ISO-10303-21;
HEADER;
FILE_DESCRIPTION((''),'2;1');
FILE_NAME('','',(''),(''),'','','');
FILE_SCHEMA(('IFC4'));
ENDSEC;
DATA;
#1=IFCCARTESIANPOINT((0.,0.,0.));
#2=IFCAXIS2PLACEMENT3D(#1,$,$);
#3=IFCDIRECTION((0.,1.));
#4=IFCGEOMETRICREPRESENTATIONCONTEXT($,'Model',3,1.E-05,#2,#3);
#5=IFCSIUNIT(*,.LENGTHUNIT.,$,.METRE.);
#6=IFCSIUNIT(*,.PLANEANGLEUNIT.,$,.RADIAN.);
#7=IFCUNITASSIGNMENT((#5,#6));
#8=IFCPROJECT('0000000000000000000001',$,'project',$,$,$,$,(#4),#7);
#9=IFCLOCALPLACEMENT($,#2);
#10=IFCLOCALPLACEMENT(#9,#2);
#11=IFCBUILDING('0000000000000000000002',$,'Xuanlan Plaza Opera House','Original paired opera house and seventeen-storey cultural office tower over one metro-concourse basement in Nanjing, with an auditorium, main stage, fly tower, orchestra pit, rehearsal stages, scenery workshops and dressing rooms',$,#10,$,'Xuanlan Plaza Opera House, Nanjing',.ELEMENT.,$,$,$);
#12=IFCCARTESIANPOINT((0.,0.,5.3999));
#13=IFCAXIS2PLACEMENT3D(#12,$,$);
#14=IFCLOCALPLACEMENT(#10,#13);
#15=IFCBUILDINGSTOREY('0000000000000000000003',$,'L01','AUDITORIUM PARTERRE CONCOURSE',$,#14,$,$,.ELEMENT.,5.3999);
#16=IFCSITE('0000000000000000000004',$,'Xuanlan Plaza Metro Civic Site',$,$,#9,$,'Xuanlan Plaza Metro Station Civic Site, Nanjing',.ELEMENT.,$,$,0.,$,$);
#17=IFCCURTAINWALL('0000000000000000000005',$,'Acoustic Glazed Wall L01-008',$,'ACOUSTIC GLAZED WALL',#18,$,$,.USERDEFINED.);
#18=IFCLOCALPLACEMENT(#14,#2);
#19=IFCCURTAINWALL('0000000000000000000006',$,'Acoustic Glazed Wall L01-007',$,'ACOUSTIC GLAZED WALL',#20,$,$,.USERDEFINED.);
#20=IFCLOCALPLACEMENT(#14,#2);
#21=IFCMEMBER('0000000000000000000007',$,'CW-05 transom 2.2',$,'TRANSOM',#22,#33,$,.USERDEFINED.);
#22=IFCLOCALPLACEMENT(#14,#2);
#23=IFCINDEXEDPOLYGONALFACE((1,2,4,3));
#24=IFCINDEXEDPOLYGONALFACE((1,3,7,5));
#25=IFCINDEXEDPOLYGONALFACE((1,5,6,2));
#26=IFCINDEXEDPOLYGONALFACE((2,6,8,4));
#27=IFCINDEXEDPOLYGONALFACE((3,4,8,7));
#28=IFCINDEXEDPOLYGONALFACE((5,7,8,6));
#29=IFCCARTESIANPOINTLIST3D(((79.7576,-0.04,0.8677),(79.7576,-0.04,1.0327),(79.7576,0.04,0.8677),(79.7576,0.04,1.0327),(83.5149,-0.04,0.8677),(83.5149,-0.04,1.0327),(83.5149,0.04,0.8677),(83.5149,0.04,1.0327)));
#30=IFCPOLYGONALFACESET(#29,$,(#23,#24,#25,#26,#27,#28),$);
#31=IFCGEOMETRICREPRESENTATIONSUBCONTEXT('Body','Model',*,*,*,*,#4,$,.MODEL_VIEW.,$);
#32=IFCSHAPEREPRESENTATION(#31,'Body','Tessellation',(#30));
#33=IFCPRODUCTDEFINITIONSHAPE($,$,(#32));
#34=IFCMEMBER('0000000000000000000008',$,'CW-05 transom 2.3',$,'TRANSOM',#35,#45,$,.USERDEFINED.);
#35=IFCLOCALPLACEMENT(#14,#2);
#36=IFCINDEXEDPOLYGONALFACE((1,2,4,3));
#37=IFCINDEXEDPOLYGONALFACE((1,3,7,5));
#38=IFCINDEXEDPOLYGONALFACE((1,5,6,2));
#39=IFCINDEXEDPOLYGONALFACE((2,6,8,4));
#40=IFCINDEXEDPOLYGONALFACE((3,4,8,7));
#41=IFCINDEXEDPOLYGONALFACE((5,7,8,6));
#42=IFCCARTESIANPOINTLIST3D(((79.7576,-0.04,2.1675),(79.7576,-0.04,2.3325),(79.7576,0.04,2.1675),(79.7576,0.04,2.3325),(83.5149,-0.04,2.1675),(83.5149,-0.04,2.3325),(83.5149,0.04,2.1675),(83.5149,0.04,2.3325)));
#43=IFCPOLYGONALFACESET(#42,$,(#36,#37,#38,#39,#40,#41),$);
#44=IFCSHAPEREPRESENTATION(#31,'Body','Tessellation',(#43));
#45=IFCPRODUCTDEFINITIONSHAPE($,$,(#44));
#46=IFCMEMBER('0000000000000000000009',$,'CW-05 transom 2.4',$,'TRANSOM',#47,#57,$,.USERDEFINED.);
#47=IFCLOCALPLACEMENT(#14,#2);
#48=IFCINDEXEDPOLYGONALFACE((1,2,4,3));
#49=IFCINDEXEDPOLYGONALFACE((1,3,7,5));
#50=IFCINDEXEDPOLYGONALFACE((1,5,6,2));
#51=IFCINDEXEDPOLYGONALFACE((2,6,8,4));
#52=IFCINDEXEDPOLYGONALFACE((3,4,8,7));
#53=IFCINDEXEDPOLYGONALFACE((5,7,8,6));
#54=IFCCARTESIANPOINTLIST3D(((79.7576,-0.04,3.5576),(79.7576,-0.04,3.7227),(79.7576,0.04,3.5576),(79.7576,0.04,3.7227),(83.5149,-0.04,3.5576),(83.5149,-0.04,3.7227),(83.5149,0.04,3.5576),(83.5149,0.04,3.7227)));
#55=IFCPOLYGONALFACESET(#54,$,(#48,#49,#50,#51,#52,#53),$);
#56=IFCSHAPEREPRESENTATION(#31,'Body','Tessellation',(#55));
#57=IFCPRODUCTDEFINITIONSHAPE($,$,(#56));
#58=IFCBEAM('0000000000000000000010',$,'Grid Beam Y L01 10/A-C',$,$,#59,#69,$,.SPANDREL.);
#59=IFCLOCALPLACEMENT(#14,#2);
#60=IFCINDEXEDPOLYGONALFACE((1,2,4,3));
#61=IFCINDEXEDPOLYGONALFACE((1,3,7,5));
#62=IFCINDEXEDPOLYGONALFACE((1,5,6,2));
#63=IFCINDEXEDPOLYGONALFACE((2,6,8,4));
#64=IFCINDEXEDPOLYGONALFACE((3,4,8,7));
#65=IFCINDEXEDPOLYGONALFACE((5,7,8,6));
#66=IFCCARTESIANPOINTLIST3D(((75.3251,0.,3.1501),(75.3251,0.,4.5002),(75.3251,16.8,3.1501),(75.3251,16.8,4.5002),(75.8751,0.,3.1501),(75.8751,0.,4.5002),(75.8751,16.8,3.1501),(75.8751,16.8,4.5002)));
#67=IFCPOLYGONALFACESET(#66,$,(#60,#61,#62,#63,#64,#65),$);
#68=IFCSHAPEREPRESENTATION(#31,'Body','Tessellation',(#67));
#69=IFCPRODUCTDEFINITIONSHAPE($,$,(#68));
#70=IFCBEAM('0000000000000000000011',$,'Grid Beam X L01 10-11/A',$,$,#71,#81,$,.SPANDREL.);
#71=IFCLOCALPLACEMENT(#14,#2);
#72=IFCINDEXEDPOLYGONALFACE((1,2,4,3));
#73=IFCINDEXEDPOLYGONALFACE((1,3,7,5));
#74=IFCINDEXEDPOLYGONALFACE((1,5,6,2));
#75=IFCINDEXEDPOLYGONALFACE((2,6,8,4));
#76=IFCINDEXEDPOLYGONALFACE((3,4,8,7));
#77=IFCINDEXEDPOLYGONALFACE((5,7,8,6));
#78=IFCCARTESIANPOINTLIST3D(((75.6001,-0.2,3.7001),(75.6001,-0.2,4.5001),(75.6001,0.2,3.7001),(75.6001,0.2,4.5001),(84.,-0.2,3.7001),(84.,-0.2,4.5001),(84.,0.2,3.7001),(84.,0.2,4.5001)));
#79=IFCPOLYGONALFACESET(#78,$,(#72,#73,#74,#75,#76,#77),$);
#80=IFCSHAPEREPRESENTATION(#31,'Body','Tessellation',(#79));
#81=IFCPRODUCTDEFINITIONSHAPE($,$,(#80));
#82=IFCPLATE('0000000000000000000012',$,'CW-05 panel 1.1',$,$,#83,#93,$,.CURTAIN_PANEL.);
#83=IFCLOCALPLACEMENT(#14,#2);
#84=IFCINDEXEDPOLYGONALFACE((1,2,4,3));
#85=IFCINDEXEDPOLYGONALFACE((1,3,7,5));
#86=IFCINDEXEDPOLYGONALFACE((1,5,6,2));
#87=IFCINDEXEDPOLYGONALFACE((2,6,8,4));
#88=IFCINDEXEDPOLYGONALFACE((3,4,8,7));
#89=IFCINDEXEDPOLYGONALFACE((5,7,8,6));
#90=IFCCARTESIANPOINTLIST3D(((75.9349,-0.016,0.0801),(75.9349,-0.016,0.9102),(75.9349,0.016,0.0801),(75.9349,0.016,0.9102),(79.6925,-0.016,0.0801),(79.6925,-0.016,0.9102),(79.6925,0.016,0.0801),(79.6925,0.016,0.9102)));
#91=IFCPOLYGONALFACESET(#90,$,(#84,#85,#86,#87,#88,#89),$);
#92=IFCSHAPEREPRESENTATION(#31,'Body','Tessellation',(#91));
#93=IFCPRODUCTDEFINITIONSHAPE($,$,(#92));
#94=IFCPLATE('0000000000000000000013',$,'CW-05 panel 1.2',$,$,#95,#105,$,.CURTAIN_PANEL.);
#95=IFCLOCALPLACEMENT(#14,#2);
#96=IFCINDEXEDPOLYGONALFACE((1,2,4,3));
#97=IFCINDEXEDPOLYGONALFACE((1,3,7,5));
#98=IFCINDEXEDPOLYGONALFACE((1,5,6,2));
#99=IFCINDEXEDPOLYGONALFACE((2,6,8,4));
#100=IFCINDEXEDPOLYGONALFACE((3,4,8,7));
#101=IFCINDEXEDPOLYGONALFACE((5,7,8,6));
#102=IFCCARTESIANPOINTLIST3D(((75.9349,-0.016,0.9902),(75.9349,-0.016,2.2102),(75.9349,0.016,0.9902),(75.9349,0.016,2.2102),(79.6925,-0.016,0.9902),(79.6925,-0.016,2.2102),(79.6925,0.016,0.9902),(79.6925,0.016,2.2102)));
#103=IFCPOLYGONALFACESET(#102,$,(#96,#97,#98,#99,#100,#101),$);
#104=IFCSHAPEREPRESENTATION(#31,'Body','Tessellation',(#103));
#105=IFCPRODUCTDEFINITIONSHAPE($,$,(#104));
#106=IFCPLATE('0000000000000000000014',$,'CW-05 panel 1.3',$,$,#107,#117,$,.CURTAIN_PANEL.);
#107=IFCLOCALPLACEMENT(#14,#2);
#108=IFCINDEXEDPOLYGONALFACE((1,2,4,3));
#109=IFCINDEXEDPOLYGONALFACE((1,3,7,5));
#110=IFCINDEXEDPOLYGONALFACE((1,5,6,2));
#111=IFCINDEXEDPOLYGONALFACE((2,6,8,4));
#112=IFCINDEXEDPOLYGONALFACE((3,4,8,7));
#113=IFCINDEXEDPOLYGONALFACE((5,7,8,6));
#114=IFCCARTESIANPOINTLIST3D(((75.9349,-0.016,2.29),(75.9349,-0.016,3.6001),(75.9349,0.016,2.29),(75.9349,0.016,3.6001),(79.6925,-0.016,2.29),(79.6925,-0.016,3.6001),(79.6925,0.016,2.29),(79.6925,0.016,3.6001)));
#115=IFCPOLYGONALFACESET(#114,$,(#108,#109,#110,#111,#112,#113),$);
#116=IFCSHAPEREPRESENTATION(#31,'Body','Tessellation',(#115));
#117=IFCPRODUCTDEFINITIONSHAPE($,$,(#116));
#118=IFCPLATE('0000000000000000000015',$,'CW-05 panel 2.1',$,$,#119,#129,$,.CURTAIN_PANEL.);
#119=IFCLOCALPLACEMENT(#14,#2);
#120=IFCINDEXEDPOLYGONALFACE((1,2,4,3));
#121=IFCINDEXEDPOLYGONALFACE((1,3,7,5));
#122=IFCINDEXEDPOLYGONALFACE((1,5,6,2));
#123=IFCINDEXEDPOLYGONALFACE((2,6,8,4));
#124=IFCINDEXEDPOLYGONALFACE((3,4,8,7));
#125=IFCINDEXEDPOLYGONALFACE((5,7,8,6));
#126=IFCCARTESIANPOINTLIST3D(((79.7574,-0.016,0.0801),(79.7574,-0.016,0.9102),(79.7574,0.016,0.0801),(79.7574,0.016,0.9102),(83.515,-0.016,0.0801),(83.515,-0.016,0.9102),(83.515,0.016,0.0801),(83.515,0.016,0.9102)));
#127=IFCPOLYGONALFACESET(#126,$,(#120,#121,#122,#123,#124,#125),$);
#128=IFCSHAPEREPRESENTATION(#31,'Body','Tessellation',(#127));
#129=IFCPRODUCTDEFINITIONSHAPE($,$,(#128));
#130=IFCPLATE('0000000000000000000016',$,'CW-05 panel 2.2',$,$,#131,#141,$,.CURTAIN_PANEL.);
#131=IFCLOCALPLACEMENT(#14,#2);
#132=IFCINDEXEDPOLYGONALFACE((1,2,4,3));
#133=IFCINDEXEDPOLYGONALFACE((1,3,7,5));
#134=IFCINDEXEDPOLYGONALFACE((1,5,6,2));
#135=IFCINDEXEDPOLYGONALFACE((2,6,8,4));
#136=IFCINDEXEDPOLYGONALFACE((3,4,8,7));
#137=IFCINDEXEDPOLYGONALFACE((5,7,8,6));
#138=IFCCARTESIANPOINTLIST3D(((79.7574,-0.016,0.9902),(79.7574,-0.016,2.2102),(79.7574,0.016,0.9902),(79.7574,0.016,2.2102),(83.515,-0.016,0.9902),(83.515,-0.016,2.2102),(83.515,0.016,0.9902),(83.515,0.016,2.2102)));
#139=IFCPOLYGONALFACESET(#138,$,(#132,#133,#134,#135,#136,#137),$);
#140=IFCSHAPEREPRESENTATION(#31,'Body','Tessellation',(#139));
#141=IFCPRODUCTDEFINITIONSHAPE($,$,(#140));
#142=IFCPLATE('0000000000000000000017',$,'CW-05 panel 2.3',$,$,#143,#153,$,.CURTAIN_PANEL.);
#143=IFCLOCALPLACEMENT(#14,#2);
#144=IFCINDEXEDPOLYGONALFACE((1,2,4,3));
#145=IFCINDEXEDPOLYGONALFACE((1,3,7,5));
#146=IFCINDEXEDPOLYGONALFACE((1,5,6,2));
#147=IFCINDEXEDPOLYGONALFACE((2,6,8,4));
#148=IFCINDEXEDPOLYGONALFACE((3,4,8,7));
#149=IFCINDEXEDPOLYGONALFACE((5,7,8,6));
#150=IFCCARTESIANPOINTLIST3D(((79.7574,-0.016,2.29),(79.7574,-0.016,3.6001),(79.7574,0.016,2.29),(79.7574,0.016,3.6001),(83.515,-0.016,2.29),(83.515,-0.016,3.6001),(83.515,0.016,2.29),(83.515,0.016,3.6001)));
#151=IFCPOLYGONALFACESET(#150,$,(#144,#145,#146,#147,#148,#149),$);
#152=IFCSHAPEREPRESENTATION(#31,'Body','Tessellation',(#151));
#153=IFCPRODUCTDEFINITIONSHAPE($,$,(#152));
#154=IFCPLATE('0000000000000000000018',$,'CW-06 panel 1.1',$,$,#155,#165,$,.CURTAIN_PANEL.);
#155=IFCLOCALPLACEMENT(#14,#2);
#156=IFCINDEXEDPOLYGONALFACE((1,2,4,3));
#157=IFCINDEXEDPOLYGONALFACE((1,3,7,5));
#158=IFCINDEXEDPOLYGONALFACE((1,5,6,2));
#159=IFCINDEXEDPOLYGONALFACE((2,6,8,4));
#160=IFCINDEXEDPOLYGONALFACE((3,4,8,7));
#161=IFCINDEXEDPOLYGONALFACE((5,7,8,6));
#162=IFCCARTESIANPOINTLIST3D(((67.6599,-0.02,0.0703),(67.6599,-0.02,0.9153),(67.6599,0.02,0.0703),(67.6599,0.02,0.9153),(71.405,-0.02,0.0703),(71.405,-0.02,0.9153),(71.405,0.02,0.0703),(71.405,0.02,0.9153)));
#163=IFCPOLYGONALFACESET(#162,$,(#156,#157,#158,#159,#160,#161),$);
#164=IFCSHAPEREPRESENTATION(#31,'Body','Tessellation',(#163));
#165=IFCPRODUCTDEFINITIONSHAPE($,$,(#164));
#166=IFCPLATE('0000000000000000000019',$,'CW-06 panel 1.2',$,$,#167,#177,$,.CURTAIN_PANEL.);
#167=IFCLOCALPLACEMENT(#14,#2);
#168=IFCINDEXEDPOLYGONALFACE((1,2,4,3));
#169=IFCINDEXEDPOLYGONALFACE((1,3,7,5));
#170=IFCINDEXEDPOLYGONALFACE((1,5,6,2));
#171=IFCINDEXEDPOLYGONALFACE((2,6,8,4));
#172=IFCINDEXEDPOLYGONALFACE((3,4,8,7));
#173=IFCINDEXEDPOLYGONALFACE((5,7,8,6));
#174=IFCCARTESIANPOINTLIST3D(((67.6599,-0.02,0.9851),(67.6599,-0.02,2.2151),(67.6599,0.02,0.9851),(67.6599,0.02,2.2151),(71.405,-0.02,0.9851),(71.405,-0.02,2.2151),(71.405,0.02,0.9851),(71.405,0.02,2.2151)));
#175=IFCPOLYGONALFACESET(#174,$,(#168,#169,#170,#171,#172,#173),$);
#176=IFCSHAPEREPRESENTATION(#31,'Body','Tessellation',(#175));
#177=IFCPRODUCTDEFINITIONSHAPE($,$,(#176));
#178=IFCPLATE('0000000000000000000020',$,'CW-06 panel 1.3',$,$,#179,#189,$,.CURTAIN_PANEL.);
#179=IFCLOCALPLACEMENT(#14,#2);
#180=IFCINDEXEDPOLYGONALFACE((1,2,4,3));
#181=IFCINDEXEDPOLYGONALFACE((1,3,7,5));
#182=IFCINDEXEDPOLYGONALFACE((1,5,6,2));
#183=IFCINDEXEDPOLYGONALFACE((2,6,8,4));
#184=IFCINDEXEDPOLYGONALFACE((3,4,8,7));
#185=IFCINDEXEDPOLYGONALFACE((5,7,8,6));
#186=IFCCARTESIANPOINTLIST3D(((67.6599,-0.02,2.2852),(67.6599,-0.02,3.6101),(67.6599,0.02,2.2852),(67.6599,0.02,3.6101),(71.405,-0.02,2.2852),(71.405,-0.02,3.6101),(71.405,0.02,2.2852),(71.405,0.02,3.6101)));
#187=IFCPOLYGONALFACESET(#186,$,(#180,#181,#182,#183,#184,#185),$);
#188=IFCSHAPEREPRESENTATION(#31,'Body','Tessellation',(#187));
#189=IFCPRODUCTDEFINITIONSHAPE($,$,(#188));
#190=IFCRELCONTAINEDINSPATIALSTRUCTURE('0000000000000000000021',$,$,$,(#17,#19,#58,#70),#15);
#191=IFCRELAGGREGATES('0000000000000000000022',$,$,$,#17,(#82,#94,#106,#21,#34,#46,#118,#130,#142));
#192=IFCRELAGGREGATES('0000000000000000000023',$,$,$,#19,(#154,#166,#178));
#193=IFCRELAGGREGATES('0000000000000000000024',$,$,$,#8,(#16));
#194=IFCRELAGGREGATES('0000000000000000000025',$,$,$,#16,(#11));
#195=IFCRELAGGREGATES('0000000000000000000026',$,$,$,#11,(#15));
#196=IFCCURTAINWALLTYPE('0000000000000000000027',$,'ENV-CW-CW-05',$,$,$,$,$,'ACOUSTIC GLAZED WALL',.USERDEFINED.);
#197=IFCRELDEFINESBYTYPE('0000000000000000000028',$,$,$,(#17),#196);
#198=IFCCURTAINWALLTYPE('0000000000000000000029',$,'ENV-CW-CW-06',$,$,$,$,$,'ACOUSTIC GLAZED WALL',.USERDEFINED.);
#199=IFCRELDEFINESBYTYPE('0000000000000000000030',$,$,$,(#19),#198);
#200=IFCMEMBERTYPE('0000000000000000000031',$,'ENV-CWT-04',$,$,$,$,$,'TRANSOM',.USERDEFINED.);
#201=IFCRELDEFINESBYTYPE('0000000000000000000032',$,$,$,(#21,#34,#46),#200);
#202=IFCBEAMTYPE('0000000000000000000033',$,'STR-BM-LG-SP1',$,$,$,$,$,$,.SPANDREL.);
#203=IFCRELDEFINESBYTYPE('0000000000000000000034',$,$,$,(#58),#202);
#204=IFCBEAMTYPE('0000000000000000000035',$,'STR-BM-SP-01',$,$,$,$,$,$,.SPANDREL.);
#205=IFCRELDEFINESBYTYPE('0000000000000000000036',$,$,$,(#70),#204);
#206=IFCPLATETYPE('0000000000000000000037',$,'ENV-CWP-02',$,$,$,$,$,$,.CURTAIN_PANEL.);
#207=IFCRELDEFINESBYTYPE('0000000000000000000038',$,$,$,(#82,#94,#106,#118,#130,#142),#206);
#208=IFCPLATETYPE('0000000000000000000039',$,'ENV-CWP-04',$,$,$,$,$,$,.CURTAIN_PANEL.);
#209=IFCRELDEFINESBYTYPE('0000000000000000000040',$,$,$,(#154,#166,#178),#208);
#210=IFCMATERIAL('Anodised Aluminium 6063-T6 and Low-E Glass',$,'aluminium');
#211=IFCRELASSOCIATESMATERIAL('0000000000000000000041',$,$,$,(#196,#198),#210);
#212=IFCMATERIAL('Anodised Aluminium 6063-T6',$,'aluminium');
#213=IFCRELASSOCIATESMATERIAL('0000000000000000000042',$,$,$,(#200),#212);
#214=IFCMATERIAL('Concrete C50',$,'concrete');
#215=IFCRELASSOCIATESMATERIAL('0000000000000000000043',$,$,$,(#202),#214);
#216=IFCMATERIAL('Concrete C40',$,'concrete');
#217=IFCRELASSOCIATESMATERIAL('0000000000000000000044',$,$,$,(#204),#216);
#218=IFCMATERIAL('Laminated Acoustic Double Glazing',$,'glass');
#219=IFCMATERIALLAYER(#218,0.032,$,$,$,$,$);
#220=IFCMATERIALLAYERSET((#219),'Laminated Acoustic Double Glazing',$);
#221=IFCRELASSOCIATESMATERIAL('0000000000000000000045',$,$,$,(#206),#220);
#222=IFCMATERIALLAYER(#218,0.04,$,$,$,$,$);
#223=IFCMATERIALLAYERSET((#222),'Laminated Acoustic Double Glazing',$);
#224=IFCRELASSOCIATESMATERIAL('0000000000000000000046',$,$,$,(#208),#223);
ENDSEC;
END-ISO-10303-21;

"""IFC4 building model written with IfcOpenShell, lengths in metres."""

from ifc_helpers import new_model, si_unit, direction, frame, origin, origin_2d, place, context, subcontext, project, spatial, rectangle, extrude, material, layer, layer_set, material_profile, profile_set, type_object, element, aggregate, save


model = new_model("IFC4")

# Units and contexts
model_context = context("Model", 3, precision=1e-05, world=origin(), true_north=direction((0.0, 1.0)))
body_context = subcontext(model_context, "Body", "Model", "MODEL_VIEW")
ifc_project = project(units=[si_unit("LENGTHUNIT", "METRE"), si_unit("PLANEANGLEUNIT", "RADIAN")], contexts=[model_context])

# Site, building, storey
site_placement = place(None, origin())
site = spatial("IfcSite", under=ifc_project, at=site_placement, Name="Xuanlan Plaza Metro Civic Site", LongName="Xuanlan Plaza Metro Station Civic Site, Nanjing", CompositionType="ELEMENT", RefElevation=0.0)
building_placement = place(site_placement, origin())
building = spatial("IfcBuilding", under=site, at=building_placement, Name="Xuanlan Plaza Opera House", Description="Original paired opera house and seventeen-storey cultural office tower over one metro-concourse basement in Nanjing, with an auditorium, main stage, fly tower, orchestra pit, rehearsal stages, scenery workshops and dressing rooms", LongName="Xuanlan Plaza Opera House, Nanjing", CompositionType="ELEMENT")
storey_placement = place(building_placement, frame((0.0, 0.0, 5.3999)))
storey = spatial("IfcBuildingStorey", under=building, at=storey_placement, Name="L01", Description="AUDITORIUM PARTERRE CONCOURSE", CompositionType="ELEMENT", Elevation=5.3999)

# Shared definitions
ifc_material_1 = material(Name="Concrete C40", Category="concrete")

# Curtain walls
ifc_material_2 = material(Name="Anodised Aluminium 6063-T6 and Low-E Glass", Category="aluminium")
curtain_wall_type_1 = type_object("IfcCurtainWallType", Name="ENV-CW-CW-05", ElementType="ACOUSTIC GLAZED WALL", PredefinedType="USERDEFINED", material=ifc_material_2)
curtain_wall_1_placement = place(storey_placement, origin())
curtain_wall_1 = element("IfcCurtainWall", 1, at=curtain_wall_1_placement, inside=storey, type_object=curtain_wall_type_1, Name="Acoustic Glazed Wall L01-008", ObjectType="ACOUSTIC GLAZED WALL", PredefinedType="USERDEFINED")
ifc_material_3 = material(Name="Anodised Aluminium 6063-T6", Category="aluminium")
curtain_wall_type_2 = type_object("IfcCurtainWallType", Name="ENV-CW-CW-06", ElementType="ACOUSTIC GLAZED WALL", PredefinedType="USERDEFINED", material=ifc_material_2)
curtain_wall_2_placement = place(storey_placement, origin())
curtain_wall_2 = element("IfcCurtainWall", 2, at=curtain_wall_2_placement, inside=storey, type_object=curtain_wall_type_2, Name="Acoustic Glazed Wall L01-007", ObjectType="ACOUSTIC GLAZED WALL", PredefinedType="USERDEFINED")

# Members
ifc_material_profile_1 = material_profile(ifc_material_3, rectangle(XDim=0.0801, YDim=0.165, at=origin_2d()), Name="ALU-T 80x165")
ifc_profile_set_1 = profile_set([ifc_material_profile_1], Name="Anodised Aluminium 6063-T6")
member_type_1 = type_object("IfcMemberType", Name="ENV-CWT-04", ElementType="TRANSOM", PredefinedType="USERDEFINED", material=ifc_profile_set_1)
member_1_placement = place(storey_placement, frame((79.7576, 0.0, 0.9502), z_axis=(1.0, 0.0, 0.0), x_axis=(0.0, 1.0, 0.0)))
member_1 = element("IfcMember", 3, at=member_1_placement, type_object=member_type_1, Name="CW-05 transom 2.2", ObjectType="TRANSOM", PredefinedType="USERDEFINED", context=body_context, shape_type="SweptSolid", body=[
    extrude(rectangle(XDim=0.0801, YDim=0.165, at=origin_2d()), origin(), (0.0, 0.0, 1.0), 3.7573),
])
member_2_placement = place(storey_placement, frame((79.7576, 0.0, 2.25), z_axis=(1.0, 0.0, 0.0), x_axis=(0.0, 1.0, 0.0)))
member_2 = element("IfcMember", 4, at=member_2_placement, type_object=member_type_1, Name="CW-05 transom 2.3", ObjectType="TRANSOM", PredefinedType="USERDEFINED", context=body_context, shape_type="SweptSolid", body=[
    extrude(rectangle(XDim=0.0801, YDim=0.165, at=origin_2d()), origin(), (0.0, 0.0, 1.0), 3.7573),
])
member_3_placement = place(storey_placement, frame((79.7576, 0.0, 3.6401), z_axis=(1.0, 0.0, 0.0), x_axis=(0.0, 1.0, 0.0)))
member_3 = element("IfcMember", 5, at=member_3_placement, type_object=member_type_1, Name="CW-05 transom 2.4", ObjectType="TRANSOM", PredefinedType="USERDEFINED", context=body_context, shape_type="SweptSolid", body=[
    extrude(rectangle(XDim=0.0801, YDim=0.165, at=origin_2d()), origin(), (0.0, 0.0, 1.0), 3.7573),
])

# Beams
ifc_material_4 = material(Name="Concrete C50", Category="concrete")
ifc_material_profile_2 = material_profile(ifc_material_4, rectangle(XDim=0.55, YDim=1.3501, at=origin_2d()), Name="RC-SPD 550x1350")
ifc_profile_set_2 = profile_set([ifc_material_profile_2], Name="Concrete C50")
beam_type_1 = type_object("IfcBeamType", Name="STR-BM-LG-SP1", PredefinedType="SPANDREL", material=ifc_profile_set_2)
beam_1_placement = place(storey_placement, frame((75.6001, 0.0, 3.8252), z_axis=(0.0, 1.0, 0.0), x_axis=(-1.0, 0.0, 0.0)))
element("IfcBeam", 6, at=beam_1_placement, inside=storey, type_object=beam_type_1, Name="Grid Beam Y L01 10/A-C", PredefinedType="SPANDREL", context=body_context, shape_type="SweptSolid", body=[
    extrude(rectangle(XDim=0.55, YDim=1.3501, at=origin_2d()), origin(), (0.0, 0.0, 1.0), 16.8),
])
ifc_material_profile_3 = material_profile(ifc_material_1, rectangle(XDim=0.3999, YDim=0.8, at=origin_2d()), Name="RC-SPD 400x800")
ifc_profile_set_3 = profile_set([ifc_material_profile_3], Name="Concrete C40")
beam_type_2 = type_object("IfcBeamType", Name="STR-BM-SP-01", PredefinedType="SPANDREL", material=ifc_profile_set_3)
beam_2_placement = place(storey_placement, frame((75.6001, 0.0, 4.1001), z_axis=(1.0, 0.0, 0.0), x_axis=(0.0, 1.0, 0.0)))
element("IfcBeam", 7, at=beam_2_placement, inside=storey, type_object=beam_type_2, Name="Grid Beam X L01 10-11/A", PredefinedType="SPANDREL", context=body_context, shape_type="SweptSolid", body=[
    extrude(rectangle(XDim=0.3999, YDim=0.8, at=origin_2d()), origin(), (0.0, 0.0, 1.0), 8.3999),
])

# Plates
ifc_material_5 = material(Name="Laminated Acoustic Double Glazing", Category="glass")
ifc_layer_1 = layer(ifc_material_5, 0.032)
ifc_layer_set_1 = layer_set([ifc_layer_1], Name="Laminated Acoustic Double Glazing")
plate_type_1 = type_object("IfcPlateType", Name="ENV-CWP-02", PredefinedType="CURTAIN_PANEL", material=ifc_layer_set_1)
plate_1_placement = place(storey_placement, frame((77.8137, 0.0, 0.0801), z_axis=(0.0, 0.0, 1.0), x_axis=(1.0, 0.0, 0.0)))
plate_1 = element("IfcPlate", 8, at=plate_1_placement, type_object=plate_type_1, Name="CW-05 panel 1.1", PredefinedType="CURTAIN_PANEL", context=body_context, shape_type="SweptSolid", body=[
    extrude(rectangle(XDim=3.7576, YDim=0.032, at=origin_2d()), origin(), (0.0, 0.0, 1.0), 0.8301),
])
plate_2_placement = place(storey_placement, frame((77.8137, 0.0, 0.9902), z_axis=(0.0, 0.0, 1.0), x_axis=(1.0, 0.0, 0.0)))
plate_2 = element("IfcPlate", 9, at=plate_2_placement, type_object=plate_type_1, Name="CW-05 panel 1.2", PredefinedType="CURTAIN_PANEL", context=body_context, shape_type="SweptSolid", body=[
    extrude(rectangle(XDim=3.7576, YDim=0.032, at=origin_2d()), origin(), (0.0, 0.0, 1.0), 1.22),
])
plate_3_placement = place(storey_placement, frame((77.8137, 0.0, 2.29), z_axis=(0.0, 0.0, 1.0), x_axis=(1.0, 0.0, 0.0)))
plate_3 = element("IfcPlate", 10, at=plate_3_placement, type_object=plate_type_1, Name="CW-05 panel 1.3", PredefinedType="CURTAIN_PANEL", context=body_context, shape_type="SweptSolid", body=[
    extrude(rectangle(XDim=3.7576, YDim=0.032, at=origin_2d()), origin(), (0.0, 0.0, 1.0), 1.3101),
])
plate_4_placement = place(storey_placement, frame((81.6362, 0.0, 0.0801), z_axis=(0.0, 0.0, 1.0), x_axis=(1.0, 0.0, 0.0)))
plate_4 = element("IfcPlate", 11, at=plate_4_placement, type_object=plate_type_1, Name="CW-05 panel 2.1", PredefinedType="CURTAIN_PANEL", context=body_context, shape_type="SweptSolid", body=[
    extrude(rectangle(XDim=3.7576, YDim=0.032, at=origin_2d()), origin(), (0.0, 0.0, 1.0), 0.8301),
])
plate_5_placement = place(storey_placement, frame((81.6362, 0.0, 0.9902), z_axis=(0.0, 0.0, 1.0), x_axis=(1.0, 0.0, 0.0)))
plate_5 = element("IfcPlate", 12, at=plate_5_placement, type_object=plate_type_1, Name="CW-05 panel 2.2", PredefinedType="CURTAIN_PANEL", context=body_context, shape_type="SweptSolid", body=[
    extrude(rectangle(XDim=3.7576, YDim=0.032, at=origin_2d()), origin(), (0.0, 0.0, 1.0), 1.22),
])
plate_6_placement = place(storey_placement, frame((81.6362, 0.0, 2.29), z_axis=(0.0, 0.0, 1.0), x_axis=(1.0, 0.0, 0.0)))
plate_6 = element("IfcPlate", 13, at=plate_6_placement, type_object=plate_type_1, Name="CW-05 panel 2.3", PredefinedType="CURTAIN_PANEL", context=body_context, shape_type="SweptSolid", body=[
    extrude(rectangle(XDim=3.7576, YDim=0.032, at=origin_2d()), origin(), (0.0, 0.0, 1.0), 1.3101),
])
aggregate(curtain_wall_1, [plate_1, plate_2, plate_3, member_1, member_2, member_3, plate_4, plate_5, plate_6])
ifc_layer_2 = layer(ifc_material_5, 0.04)
ifc_layer_set_2 = layer_set([ifc_layer_2], Name="Laminated Acoustic Double Glazing")
plate_type_2 = type_object("IfcPlateType", Name="ENV-CWP-04", PredefinedType="CURTAIN_PANEL", material=ifc_layer_set_2)
plate_7_placement = place(storey_placement, frame((69.5325, 0.0, 0.0703), z_axis=(0.0, 0.0, 1.0), x_axis=(1.0, 0.0, 0.0)))
plate_7 = element("IfcPlate", 14, at=plate_7_placement, type_object=plate_type_2, Name="CW-06 panel 1.1", PredefinedType="CURTAIN_PANEL", context=body_context, shape_type="SweptSolid", body=[
    extrude(rectangle(XDim=3.7451, YDim=0.04, at=origin_2d()), origin(), (0.0, 0.0, 1.0), 0.845),
])
plate_8_placement = place(storey_placement, frame((69.5325, 0.0, 0.9851), z_axis=(0.0, 0.0, 1.0), x_axis=(1.0, 0.0, 0.0)))
plate_8 = element("IfcPlate", 15, at=plate_8_placement, type_object=plate_type_2, Name="CW-06 panel 1.2", PredefinedType="CURTAIN_PANEL", context=body_context, shape_type="SweptSolid", body=[
    extrude(rectangle(XDim=3.7451, YDim=0.04, at=origin_2d()), origin(), (0.0, 0.0, 1.0), 1.23),
])
plate_9_placement = place(storey_placement, frame((69.5325, 0.0, 2.2852), z_axis=(0.0, 0.0, 1.0), x_axis=(1.0, 0.0, 0.0)))
plate_9 = element("IfcPlate", 16, at=plate_9_placement, type_object=plate_type_2, Name="CW-06 panel 1.3", PredefinedType="CURTAIN_PANEL", context=body_context, shape_type="SweptSolid", body=[
    extrude(rectangle(XDim=3.7451, YDim=0.04, at=origin_2d()), origin(), (0.0, 0.0, 1.0), 1.325),
])
aggregate(curtain_wall_2, [plate_7, plate_8, plate_9])

save(model, "model.ifc")
